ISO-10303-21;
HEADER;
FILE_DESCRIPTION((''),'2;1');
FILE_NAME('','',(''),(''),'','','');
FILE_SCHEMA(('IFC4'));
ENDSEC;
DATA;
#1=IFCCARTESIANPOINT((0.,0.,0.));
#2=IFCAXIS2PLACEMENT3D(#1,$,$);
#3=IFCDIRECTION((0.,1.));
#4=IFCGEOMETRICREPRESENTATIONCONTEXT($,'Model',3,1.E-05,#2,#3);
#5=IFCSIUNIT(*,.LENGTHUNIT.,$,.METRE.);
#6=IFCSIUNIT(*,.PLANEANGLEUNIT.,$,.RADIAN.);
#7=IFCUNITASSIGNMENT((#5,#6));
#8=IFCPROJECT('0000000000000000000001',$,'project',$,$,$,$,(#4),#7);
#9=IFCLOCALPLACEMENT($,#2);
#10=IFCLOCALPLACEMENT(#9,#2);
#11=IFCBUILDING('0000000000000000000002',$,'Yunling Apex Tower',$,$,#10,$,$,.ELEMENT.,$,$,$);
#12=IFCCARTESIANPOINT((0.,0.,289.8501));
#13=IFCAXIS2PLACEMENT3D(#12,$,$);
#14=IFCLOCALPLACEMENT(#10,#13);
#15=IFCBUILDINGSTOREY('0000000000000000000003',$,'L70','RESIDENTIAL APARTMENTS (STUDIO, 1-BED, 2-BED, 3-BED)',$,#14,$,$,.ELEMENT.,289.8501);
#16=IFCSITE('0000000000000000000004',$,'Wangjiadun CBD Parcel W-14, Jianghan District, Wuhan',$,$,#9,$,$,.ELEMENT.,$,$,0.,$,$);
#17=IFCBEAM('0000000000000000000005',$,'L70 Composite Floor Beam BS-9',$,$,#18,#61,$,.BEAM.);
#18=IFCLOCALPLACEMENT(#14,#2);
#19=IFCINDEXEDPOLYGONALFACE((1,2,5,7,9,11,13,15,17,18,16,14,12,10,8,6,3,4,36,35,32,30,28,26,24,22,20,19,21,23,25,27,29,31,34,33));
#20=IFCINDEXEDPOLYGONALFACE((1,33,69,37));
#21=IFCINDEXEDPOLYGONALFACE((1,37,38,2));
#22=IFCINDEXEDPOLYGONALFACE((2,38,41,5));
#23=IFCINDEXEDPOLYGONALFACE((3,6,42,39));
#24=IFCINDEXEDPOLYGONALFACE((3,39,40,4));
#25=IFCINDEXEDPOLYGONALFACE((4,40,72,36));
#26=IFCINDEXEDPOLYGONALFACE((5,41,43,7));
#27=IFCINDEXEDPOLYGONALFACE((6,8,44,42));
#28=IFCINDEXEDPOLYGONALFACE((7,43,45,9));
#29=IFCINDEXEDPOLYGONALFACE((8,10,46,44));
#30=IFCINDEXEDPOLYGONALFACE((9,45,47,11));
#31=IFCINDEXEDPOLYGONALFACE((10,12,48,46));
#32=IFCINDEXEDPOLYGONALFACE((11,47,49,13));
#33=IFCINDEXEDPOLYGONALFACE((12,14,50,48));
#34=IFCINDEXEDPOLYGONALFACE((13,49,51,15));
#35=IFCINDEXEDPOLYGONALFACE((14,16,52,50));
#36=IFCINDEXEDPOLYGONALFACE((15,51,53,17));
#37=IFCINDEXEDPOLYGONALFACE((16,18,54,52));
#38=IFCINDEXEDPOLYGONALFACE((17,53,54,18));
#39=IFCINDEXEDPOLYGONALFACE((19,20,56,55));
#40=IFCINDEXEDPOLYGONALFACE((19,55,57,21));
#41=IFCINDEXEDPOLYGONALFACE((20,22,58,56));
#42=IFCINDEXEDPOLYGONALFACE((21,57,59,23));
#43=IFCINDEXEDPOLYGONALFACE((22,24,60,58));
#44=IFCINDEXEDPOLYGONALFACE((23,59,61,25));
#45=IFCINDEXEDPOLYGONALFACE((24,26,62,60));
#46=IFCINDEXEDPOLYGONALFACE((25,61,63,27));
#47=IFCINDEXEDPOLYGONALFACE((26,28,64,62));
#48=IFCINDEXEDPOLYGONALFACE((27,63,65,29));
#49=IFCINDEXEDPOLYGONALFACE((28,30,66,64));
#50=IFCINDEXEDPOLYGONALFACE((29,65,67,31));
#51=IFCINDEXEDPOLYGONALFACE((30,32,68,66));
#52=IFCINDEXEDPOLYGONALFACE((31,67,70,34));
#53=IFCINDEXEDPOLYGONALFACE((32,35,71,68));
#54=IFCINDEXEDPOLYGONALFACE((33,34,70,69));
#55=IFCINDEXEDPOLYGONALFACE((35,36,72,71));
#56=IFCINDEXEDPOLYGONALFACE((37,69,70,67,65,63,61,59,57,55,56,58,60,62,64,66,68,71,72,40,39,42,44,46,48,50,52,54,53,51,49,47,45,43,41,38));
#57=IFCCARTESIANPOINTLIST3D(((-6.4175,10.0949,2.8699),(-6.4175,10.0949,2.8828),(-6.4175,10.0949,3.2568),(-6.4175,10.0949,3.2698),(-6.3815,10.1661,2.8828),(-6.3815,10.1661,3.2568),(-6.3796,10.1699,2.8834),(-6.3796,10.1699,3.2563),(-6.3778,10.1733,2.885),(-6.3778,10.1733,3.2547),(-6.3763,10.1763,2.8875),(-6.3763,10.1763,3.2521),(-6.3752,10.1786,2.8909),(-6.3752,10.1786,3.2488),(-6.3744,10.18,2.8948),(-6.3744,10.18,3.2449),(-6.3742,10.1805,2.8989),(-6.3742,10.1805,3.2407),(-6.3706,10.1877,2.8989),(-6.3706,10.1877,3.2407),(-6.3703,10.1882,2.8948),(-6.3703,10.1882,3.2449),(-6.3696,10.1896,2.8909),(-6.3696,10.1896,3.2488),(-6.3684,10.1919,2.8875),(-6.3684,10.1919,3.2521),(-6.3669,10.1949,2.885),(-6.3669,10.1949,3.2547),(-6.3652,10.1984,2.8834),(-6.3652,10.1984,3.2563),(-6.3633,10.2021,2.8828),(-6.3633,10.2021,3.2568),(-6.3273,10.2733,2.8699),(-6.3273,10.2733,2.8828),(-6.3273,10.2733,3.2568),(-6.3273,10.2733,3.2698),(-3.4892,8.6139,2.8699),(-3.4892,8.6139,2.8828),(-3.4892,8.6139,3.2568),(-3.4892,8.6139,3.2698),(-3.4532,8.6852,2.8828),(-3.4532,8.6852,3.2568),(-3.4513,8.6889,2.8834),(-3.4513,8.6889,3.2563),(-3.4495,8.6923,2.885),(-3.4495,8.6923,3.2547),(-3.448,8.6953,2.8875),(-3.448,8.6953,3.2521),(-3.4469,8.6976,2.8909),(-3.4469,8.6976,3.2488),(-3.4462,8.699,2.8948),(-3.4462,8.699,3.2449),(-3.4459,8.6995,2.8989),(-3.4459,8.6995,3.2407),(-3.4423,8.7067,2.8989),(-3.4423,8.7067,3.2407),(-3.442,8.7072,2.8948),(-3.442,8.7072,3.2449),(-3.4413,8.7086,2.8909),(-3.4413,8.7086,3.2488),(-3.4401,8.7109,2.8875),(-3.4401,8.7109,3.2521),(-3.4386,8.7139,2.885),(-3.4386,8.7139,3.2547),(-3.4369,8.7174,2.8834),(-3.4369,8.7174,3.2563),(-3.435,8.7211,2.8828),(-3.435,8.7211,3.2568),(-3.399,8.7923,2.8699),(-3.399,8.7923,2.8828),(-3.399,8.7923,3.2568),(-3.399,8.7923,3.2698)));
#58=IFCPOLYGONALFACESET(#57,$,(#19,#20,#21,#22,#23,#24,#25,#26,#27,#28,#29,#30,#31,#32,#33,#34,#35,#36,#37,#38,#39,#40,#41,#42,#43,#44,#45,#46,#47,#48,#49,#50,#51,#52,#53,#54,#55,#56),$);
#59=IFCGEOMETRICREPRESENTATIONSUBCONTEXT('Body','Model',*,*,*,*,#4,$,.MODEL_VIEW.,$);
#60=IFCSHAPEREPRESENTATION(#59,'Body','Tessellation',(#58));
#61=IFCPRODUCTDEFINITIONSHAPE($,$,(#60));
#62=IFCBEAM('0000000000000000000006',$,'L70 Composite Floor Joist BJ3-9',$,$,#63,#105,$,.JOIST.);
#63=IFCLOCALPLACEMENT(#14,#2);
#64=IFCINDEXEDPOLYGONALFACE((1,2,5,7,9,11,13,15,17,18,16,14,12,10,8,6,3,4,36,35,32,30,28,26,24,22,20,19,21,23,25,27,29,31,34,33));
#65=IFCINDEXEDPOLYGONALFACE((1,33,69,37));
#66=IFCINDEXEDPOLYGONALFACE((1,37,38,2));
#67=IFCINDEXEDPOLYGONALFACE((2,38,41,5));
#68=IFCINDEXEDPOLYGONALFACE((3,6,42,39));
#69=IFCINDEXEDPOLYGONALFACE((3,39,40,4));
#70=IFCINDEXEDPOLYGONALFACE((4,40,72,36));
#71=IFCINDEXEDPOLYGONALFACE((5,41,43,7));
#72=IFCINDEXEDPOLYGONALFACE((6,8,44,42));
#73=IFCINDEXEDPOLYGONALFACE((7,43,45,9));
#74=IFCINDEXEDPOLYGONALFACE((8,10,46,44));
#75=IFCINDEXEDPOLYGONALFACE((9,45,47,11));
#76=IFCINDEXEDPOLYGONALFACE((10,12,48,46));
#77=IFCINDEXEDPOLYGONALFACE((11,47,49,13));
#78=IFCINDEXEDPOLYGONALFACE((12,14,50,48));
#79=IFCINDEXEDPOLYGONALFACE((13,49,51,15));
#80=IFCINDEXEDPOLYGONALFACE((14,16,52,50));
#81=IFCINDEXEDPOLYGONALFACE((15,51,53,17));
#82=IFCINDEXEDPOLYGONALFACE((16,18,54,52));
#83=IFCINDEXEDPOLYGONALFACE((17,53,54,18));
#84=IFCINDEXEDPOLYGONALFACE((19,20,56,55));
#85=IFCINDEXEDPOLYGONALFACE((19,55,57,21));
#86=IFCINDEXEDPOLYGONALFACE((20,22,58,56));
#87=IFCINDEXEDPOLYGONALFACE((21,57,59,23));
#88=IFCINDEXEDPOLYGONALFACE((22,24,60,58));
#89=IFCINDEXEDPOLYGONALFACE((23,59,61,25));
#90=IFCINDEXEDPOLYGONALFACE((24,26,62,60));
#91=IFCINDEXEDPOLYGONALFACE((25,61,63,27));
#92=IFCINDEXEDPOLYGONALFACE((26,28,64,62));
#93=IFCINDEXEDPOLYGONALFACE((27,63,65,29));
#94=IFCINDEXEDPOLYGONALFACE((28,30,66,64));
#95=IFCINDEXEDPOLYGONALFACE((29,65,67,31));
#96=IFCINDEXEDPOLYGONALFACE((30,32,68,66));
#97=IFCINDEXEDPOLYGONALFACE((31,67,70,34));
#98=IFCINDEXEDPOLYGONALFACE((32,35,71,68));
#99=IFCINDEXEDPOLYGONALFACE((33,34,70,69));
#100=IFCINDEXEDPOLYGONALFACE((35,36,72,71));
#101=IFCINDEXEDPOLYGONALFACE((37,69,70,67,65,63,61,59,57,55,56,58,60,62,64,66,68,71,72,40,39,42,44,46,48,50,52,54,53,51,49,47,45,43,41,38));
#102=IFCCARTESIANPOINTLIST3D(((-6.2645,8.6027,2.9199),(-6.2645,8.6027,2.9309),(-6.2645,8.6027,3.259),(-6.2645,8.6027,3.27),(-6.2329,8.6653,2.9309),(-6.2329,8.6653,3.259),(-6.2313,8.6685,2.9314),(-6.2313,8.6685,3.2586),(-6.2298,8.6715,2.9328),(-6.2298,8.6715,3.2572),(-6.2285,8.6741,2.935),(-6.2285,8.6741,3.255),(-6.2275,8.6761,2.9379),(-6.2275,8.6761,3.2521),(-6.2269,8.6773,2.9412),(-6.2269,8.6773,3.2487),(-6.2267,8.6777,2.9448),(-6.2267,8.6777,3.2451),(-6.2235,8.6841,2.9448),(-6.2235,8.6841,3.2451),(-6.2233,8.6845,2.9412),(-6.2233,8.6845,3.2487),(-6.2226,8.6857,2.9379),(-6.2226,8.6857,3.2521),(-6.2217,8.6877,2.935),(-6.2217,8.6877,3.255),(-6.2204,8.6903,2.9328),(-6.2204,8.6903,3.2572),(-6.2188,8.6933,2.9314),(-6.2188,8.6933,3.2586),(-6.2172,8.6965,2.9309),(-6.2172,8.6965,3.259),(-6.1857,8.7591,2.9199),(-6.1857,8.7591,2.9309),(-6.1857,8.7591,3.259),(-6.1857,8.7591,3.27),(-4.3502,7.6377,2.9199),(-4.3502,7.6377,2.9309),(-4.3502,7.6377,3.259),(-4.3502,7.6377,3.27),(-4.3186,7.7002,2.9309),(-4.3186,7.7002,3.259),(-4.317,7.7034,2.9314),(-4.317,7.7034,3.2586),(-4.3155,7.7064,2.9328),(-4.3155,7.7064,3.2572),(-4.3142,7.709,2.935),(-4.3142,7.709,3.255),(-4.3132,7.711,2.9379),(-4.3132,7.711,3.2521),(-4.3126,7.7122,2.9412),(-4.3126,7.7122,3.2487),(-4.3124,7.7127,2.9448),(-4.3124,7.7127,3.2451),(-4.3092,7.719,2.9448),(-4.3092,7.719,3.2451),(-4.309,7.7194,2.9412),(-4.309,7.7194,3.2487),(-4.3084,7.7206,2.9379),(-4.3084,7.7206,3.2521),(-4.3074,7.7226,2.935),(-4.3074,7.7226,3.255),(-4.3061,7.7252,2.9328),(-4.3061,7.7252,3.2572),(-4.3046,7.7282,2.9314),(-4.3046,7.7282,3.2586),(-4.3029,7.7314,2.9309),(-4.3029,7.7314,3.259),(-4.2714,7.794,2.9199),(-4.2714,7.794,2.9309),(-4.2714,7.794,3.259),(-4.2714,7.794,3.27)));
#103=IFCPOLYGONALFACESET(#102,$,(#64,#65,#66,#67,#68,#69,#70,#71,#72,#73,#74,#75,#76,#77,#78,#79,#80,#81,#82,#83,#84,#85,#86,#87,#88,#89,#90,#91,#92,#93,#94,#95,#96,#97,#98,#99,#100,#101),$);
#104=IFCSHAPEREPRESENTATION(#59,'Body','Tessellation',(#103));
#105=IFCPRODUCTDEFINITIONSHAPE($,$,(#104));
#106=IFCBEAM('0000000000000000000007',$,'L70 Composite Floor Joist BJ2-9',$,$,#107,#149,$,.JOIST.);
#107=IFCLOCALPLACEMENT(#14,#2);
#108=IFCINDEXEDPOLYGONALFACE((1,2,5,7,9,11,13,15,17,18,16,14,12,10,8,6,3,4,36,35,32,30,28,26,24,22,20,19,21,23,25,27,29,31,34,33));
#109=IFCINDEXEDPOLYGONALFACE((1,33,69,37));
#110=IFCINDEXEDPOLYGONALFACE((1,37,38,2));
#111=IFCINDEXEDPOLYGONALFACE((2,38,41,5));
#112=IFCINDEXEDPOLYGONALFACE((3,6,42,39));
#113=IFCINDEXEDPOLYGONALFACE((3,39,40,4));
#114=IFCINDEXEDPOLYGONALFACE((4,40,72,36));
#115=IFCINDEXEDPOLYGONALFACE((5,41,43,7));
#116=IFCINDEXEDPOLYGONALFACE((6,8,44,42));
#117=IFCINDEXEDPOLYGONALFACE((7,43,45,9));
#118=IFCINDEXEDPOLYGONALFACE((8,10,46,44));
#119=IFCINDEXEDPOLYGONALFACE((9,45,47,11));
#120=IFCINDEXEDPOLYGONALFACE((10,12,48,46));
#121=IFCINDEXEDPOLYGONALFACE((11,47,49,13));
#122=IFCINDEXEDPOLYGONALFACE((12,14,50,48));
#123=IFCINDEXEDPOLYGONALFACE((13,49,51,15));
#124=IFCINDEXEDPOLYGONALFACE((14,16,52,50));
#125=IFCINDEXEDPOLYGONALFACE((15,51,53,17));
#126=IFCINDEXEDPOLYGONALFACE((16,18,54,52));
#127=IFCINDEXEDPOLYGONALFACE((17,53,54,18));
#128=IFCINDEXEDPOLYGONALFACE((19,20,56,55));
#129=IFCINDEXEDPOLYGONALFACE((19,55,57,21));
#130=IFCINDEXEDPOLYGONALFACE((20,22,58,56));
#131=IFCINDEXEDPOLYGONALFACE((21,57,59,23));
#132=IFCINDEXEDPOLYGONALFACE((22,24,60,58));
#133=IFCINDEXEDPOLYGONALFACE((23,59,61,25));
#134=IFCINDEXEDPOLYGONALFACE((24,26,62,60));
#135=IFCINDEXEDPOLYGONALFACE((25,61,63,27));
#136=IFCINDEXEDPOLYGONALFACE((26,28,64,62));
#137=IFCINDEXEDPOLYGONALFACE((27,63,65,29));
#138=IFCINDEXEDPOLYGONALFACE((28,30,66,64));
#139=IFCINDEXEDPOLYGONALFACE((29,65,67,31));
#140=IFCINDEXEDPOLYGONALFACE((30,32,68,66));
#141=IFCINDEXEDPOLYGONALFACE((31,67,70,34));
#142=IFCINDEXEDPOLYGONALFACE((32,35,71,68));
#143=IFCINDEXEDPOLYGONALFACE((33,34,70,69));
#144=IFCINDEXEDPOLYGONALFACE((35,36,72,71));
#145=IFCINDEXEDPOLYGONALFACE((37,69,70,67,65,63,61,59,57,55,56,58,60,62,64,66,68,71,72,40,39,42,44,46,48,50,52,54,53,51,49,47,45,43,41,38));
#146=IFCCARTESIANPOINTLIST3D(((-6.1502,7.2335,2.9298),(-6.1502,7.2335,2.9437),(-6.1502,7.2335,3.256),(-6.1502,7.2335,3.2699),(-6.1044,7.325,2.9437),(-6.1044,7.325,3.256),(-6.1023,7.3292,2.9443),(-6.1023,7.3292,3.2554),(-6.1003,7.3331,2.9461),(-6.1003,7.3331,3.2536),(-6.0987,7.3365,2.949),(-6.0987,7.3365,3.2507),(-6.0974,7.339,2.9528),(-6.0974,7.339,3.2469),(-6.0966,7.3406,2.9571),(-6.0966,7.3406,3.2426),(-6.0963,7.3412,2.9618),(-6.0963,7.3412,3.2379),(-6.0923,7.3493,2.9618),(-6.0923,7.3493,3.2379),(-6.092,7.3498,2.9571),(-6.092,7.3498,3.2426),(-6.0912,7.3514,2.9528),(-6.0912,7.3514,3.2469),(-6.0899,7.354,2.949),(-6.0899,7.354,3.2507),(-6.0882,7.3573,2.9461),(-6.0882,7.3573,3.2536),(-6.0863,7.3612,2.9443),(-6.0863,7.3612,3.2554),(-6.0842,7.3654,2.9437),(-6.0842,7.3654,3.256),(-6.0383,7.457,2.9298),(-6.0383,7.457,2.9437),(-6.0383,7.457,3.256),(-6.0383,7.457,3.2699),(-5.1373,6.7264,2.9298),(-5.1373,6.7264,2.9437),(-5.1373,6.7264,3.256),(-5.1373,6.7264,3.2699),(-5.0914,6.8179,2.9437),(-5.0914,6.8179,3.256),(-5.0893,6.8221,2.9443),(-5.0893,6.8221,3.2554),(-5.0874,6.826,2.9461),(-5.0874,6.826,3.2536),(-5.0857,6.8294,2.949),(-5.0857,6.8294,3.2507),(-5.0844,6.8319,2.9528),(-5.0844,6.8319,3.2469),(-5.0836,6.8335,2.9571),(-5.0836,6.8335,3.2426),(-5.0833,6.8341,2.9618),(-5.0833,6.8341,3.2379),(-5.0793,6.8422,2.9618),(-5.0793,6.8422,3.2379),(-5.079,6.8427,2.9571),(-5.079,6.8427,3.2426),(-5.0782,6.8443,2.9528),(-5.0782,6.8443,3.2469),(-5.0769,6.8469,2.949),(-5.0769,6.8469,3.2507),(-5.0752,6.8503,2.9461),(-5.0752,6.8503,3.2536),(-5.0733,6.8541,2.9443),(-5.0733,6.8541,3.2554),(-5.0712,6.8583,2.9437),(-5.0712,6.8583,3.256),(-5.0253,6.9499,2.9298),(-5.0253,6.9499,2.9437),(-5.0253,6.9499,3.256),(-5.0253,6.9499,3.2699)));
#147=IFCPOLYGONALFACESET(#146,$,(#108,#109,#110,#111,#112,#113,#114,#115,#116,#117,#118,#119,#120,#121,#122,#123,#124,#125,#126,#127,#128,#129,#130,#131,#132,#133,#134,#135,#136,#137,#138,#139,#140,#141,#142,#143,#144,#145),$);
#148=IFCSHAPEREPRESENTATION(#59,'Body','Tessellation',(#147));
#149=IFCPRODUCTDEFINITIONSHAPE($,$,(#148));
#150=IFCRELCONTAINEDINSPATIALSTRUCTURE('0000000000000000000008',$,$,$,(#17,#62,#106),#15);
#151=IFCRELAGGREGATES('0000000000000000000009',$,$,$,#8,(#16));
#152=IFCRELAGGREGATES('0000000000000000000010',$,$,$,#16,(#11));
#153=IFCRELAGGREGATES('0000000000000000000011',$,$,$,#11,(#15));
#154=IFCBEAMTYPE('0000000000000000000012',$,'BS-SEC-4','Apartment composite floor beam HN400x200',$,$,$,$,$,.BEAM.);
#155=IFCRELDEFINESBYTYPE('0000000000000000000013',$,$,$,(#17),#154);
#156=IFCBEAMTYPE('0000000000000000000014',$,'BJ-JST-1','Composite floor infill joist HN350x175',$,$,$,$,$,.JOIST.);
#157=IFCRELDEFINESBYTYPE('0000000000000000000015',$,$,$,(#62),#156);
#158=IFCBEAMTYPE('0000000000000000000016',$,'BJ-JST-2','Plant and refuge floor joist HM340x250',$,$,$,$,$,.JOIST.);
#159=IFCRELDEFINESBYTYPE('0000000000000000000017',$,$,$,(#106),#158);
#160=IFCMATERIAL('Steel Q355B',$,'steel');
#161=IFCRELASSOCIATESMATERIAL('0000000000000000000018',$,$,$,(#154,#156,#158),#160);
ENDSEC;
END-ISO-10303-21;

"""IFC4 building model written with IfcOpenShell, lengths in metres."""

from ifc_helpers import new_model, si_unit, direction, frame, origin, origin_2d, place, context, subcontext, project, spatial, i_section, extrude, source, transform, mapped, material, material_profile, profile_set, type_object, element, save


model = new_model("IFC4")

# Units and contexts
model_context = context("Model", 3, precision=1e-05, world=origin(), true_north=direction((0.0, 1.0)))
body_context = subcontext(model_context, "Body", "Model", "MODEL_VIEW")
ifc_project = project(units=[si_unit("LENGTHUNIT", "METRE"), si_unit("PLANEANGLEUNIT", "RADIAN")], contexts=[model_context])

# Site, building, storey
site_placement = place(None, origin())
site = spatial("IfcSite", under=ifc_project, at=site_placement, Name="Wangjiadun CBD Parcel W-14, Jianghan District, Wuhan", CompositionType="ELEMENT", RefElevation=0.0)
building_placement = place(site_placement, origin())
building = spatial("IfcBuilding", under=site, at=building_placement, Name="Yunling Apex Tower", CompositionType="ELEMENT")
storey_placement = place(building_placement, frame((0.0, 0.0, 289.8501)))
storey = spatial("IfcBuildingStorey", under=building, at=storey_placement, Name="L70", Description="RESIDENTIAL APARTMENTS (STUDIO, 1-BED, 2-BED, 3-BED)", CompositionType="ELEMENT", Elevation=289.8501)

# Shared definitions
ifc_material_1 = material(Name="Steel Q355B", Category="steel")

# Beams
ifc_material_profile_1 = material_profile(ifc_material_1, i_section(OverallWidth=0.2, OverallDepth=0.3999, WebThickness=0.0081, FlangeThickness=0.0129, FilletRadius=0.0161, at=origin_2d()))
ifc_profile_set_1 = profile_set([ifc_material_profile_1], Name="Steel Q355B")
beam_type_1 = type_object("IfcBeamType", Name="BS-SEC-4", Description="Apartment composite floor beam HN400x200", PredefinedType="BEAM", material=ifc_profile_set_1)
shared_shape_1 = source(origin(), body_context, "Body", "SweptSolid", [
    extrude(i_section(OverallWidth=0.2, OverallDepth=0.3999, WebThickness=0.0081, FlangeThickness=0.0129, FilletRadius=0.0161, at=origin_2d()), origin(), (0.0, 0.0, 1.0), 3.2815),
])
beam_1_placement = place(storey_placement, frame((-3.4441, 8.7031, 3.0698), z_axis=(-0.892364, 0.451316, 0.0), x_axis=(-0.451316, -0.892364, 0.0)))
element("IfcBeam", 1, at=beam_1_placement, inside=storey, type_object=beam_type_1, Name="L70 Composite Floor Beam BS-9", PredefinedType="BEAM", context=body_context, shape_type="MappedRepresentation", body=[
    mapped(shared_shape_1, transform((0.0, 0.0, 0.0), scale=1.0)),
])
ifc_material_profile_2 = material_profile(ifc_material_1, i_section(OverallWidth=0.175, OverallDepth=0.3501, WebThickness=0.0071, FlangeThickness=0.011, FilletRadius=0.0139, at=origin_2d()))
ifc_profile_set_2 = profile_set([ifc_material_profile_2], Name="Steel Q355B")
beam_type_2 = type_object("IfcBeamType", Name="BJ-JST-1", Description="Composite floor infill joist HN350x175", PredefinedType="JOIST", material=ifc_profile_set_2)
shared_shape_2 = source(origin(), body_context, "Body", "SweptSolid", [
    extrude(i_section(OverallWidth=0.175, OverallDepth=0.3501, WebThickness=0.0071, FlangeThickness=0.011, FilletRadius=0.0139, at=origin_2d()), origin(), (0.0, 0.0, 1.0), 2.1438),
])
beam_2_placement = place(storey_placement, frame((-4.3108, 7.7158, 3.095), z_axis=(-0.892942, 0.450172, 0.0), x_axis=(-0.450172, -0.892942, 0.0)))
element("IfcBeam", 2, at=beam_2_placement, inside=storey, type_object=beam_type_2, Name="L70 Composite Floor Joist BJ3-9", PredefinedType="JOIST", context=body_context, shape_type="MappedRepresentation", body=[
    mapped(shared_shape_2, transform((0.0, 0.0, 0.0), scale=1.0)),
])
ifc_material_profile_3 = material_profile(ifc_material_1, i_section(OverallWidth=0.25, OverallDepth=0.3401, WebThickness=0.009, FlangeThickness=0.0139, FilletRadius=0.0181, at=origin_2d()))
ifc_profile_set_3 = profile_set([ifc_material_profile_3], Name="Steel Q355B")
beam_type_3 = type_object("IfcBeamType", Name="BJ-JST-2", Description="Plant and refuge floor joist HM340x250", PredefinedType="JOIST", material=ifc_profile_set_3)
shared_shape_3 = source(origin(), body_context, "Body", "SweptSolid", [
    extrude(i_section(OverallWidth=0.25, OverallDepth=0.3401, WebThickness=0.009, FlangeThickness=0.0139, FilletRadius=0.0181, at=origin_2d()), origin(), (0.0, 0.0, 1.0), 1.1328),
])
beam_3_placement = place(storey_placement, frame((-5.0813, 6.8381, 3.0999), z_axis=(-0.894212, 0.447645, 0.0), x_axis=(-0.447645, -0.894212, 0.0)))
element("IfcBeam", 3, at=beam_3_placement, inside=storey, type_object=beam_type_3, Name="L70 Composite Floor Joist BJ2-9", PredefinedType="JOIST", context=body_context, shape_type="MappedRepresentation", body=[
    mapped(shared_shape_3, transform((0.0, 0.0, 0.0), scale=1.0)),
])

save(model, "model.ifc")
